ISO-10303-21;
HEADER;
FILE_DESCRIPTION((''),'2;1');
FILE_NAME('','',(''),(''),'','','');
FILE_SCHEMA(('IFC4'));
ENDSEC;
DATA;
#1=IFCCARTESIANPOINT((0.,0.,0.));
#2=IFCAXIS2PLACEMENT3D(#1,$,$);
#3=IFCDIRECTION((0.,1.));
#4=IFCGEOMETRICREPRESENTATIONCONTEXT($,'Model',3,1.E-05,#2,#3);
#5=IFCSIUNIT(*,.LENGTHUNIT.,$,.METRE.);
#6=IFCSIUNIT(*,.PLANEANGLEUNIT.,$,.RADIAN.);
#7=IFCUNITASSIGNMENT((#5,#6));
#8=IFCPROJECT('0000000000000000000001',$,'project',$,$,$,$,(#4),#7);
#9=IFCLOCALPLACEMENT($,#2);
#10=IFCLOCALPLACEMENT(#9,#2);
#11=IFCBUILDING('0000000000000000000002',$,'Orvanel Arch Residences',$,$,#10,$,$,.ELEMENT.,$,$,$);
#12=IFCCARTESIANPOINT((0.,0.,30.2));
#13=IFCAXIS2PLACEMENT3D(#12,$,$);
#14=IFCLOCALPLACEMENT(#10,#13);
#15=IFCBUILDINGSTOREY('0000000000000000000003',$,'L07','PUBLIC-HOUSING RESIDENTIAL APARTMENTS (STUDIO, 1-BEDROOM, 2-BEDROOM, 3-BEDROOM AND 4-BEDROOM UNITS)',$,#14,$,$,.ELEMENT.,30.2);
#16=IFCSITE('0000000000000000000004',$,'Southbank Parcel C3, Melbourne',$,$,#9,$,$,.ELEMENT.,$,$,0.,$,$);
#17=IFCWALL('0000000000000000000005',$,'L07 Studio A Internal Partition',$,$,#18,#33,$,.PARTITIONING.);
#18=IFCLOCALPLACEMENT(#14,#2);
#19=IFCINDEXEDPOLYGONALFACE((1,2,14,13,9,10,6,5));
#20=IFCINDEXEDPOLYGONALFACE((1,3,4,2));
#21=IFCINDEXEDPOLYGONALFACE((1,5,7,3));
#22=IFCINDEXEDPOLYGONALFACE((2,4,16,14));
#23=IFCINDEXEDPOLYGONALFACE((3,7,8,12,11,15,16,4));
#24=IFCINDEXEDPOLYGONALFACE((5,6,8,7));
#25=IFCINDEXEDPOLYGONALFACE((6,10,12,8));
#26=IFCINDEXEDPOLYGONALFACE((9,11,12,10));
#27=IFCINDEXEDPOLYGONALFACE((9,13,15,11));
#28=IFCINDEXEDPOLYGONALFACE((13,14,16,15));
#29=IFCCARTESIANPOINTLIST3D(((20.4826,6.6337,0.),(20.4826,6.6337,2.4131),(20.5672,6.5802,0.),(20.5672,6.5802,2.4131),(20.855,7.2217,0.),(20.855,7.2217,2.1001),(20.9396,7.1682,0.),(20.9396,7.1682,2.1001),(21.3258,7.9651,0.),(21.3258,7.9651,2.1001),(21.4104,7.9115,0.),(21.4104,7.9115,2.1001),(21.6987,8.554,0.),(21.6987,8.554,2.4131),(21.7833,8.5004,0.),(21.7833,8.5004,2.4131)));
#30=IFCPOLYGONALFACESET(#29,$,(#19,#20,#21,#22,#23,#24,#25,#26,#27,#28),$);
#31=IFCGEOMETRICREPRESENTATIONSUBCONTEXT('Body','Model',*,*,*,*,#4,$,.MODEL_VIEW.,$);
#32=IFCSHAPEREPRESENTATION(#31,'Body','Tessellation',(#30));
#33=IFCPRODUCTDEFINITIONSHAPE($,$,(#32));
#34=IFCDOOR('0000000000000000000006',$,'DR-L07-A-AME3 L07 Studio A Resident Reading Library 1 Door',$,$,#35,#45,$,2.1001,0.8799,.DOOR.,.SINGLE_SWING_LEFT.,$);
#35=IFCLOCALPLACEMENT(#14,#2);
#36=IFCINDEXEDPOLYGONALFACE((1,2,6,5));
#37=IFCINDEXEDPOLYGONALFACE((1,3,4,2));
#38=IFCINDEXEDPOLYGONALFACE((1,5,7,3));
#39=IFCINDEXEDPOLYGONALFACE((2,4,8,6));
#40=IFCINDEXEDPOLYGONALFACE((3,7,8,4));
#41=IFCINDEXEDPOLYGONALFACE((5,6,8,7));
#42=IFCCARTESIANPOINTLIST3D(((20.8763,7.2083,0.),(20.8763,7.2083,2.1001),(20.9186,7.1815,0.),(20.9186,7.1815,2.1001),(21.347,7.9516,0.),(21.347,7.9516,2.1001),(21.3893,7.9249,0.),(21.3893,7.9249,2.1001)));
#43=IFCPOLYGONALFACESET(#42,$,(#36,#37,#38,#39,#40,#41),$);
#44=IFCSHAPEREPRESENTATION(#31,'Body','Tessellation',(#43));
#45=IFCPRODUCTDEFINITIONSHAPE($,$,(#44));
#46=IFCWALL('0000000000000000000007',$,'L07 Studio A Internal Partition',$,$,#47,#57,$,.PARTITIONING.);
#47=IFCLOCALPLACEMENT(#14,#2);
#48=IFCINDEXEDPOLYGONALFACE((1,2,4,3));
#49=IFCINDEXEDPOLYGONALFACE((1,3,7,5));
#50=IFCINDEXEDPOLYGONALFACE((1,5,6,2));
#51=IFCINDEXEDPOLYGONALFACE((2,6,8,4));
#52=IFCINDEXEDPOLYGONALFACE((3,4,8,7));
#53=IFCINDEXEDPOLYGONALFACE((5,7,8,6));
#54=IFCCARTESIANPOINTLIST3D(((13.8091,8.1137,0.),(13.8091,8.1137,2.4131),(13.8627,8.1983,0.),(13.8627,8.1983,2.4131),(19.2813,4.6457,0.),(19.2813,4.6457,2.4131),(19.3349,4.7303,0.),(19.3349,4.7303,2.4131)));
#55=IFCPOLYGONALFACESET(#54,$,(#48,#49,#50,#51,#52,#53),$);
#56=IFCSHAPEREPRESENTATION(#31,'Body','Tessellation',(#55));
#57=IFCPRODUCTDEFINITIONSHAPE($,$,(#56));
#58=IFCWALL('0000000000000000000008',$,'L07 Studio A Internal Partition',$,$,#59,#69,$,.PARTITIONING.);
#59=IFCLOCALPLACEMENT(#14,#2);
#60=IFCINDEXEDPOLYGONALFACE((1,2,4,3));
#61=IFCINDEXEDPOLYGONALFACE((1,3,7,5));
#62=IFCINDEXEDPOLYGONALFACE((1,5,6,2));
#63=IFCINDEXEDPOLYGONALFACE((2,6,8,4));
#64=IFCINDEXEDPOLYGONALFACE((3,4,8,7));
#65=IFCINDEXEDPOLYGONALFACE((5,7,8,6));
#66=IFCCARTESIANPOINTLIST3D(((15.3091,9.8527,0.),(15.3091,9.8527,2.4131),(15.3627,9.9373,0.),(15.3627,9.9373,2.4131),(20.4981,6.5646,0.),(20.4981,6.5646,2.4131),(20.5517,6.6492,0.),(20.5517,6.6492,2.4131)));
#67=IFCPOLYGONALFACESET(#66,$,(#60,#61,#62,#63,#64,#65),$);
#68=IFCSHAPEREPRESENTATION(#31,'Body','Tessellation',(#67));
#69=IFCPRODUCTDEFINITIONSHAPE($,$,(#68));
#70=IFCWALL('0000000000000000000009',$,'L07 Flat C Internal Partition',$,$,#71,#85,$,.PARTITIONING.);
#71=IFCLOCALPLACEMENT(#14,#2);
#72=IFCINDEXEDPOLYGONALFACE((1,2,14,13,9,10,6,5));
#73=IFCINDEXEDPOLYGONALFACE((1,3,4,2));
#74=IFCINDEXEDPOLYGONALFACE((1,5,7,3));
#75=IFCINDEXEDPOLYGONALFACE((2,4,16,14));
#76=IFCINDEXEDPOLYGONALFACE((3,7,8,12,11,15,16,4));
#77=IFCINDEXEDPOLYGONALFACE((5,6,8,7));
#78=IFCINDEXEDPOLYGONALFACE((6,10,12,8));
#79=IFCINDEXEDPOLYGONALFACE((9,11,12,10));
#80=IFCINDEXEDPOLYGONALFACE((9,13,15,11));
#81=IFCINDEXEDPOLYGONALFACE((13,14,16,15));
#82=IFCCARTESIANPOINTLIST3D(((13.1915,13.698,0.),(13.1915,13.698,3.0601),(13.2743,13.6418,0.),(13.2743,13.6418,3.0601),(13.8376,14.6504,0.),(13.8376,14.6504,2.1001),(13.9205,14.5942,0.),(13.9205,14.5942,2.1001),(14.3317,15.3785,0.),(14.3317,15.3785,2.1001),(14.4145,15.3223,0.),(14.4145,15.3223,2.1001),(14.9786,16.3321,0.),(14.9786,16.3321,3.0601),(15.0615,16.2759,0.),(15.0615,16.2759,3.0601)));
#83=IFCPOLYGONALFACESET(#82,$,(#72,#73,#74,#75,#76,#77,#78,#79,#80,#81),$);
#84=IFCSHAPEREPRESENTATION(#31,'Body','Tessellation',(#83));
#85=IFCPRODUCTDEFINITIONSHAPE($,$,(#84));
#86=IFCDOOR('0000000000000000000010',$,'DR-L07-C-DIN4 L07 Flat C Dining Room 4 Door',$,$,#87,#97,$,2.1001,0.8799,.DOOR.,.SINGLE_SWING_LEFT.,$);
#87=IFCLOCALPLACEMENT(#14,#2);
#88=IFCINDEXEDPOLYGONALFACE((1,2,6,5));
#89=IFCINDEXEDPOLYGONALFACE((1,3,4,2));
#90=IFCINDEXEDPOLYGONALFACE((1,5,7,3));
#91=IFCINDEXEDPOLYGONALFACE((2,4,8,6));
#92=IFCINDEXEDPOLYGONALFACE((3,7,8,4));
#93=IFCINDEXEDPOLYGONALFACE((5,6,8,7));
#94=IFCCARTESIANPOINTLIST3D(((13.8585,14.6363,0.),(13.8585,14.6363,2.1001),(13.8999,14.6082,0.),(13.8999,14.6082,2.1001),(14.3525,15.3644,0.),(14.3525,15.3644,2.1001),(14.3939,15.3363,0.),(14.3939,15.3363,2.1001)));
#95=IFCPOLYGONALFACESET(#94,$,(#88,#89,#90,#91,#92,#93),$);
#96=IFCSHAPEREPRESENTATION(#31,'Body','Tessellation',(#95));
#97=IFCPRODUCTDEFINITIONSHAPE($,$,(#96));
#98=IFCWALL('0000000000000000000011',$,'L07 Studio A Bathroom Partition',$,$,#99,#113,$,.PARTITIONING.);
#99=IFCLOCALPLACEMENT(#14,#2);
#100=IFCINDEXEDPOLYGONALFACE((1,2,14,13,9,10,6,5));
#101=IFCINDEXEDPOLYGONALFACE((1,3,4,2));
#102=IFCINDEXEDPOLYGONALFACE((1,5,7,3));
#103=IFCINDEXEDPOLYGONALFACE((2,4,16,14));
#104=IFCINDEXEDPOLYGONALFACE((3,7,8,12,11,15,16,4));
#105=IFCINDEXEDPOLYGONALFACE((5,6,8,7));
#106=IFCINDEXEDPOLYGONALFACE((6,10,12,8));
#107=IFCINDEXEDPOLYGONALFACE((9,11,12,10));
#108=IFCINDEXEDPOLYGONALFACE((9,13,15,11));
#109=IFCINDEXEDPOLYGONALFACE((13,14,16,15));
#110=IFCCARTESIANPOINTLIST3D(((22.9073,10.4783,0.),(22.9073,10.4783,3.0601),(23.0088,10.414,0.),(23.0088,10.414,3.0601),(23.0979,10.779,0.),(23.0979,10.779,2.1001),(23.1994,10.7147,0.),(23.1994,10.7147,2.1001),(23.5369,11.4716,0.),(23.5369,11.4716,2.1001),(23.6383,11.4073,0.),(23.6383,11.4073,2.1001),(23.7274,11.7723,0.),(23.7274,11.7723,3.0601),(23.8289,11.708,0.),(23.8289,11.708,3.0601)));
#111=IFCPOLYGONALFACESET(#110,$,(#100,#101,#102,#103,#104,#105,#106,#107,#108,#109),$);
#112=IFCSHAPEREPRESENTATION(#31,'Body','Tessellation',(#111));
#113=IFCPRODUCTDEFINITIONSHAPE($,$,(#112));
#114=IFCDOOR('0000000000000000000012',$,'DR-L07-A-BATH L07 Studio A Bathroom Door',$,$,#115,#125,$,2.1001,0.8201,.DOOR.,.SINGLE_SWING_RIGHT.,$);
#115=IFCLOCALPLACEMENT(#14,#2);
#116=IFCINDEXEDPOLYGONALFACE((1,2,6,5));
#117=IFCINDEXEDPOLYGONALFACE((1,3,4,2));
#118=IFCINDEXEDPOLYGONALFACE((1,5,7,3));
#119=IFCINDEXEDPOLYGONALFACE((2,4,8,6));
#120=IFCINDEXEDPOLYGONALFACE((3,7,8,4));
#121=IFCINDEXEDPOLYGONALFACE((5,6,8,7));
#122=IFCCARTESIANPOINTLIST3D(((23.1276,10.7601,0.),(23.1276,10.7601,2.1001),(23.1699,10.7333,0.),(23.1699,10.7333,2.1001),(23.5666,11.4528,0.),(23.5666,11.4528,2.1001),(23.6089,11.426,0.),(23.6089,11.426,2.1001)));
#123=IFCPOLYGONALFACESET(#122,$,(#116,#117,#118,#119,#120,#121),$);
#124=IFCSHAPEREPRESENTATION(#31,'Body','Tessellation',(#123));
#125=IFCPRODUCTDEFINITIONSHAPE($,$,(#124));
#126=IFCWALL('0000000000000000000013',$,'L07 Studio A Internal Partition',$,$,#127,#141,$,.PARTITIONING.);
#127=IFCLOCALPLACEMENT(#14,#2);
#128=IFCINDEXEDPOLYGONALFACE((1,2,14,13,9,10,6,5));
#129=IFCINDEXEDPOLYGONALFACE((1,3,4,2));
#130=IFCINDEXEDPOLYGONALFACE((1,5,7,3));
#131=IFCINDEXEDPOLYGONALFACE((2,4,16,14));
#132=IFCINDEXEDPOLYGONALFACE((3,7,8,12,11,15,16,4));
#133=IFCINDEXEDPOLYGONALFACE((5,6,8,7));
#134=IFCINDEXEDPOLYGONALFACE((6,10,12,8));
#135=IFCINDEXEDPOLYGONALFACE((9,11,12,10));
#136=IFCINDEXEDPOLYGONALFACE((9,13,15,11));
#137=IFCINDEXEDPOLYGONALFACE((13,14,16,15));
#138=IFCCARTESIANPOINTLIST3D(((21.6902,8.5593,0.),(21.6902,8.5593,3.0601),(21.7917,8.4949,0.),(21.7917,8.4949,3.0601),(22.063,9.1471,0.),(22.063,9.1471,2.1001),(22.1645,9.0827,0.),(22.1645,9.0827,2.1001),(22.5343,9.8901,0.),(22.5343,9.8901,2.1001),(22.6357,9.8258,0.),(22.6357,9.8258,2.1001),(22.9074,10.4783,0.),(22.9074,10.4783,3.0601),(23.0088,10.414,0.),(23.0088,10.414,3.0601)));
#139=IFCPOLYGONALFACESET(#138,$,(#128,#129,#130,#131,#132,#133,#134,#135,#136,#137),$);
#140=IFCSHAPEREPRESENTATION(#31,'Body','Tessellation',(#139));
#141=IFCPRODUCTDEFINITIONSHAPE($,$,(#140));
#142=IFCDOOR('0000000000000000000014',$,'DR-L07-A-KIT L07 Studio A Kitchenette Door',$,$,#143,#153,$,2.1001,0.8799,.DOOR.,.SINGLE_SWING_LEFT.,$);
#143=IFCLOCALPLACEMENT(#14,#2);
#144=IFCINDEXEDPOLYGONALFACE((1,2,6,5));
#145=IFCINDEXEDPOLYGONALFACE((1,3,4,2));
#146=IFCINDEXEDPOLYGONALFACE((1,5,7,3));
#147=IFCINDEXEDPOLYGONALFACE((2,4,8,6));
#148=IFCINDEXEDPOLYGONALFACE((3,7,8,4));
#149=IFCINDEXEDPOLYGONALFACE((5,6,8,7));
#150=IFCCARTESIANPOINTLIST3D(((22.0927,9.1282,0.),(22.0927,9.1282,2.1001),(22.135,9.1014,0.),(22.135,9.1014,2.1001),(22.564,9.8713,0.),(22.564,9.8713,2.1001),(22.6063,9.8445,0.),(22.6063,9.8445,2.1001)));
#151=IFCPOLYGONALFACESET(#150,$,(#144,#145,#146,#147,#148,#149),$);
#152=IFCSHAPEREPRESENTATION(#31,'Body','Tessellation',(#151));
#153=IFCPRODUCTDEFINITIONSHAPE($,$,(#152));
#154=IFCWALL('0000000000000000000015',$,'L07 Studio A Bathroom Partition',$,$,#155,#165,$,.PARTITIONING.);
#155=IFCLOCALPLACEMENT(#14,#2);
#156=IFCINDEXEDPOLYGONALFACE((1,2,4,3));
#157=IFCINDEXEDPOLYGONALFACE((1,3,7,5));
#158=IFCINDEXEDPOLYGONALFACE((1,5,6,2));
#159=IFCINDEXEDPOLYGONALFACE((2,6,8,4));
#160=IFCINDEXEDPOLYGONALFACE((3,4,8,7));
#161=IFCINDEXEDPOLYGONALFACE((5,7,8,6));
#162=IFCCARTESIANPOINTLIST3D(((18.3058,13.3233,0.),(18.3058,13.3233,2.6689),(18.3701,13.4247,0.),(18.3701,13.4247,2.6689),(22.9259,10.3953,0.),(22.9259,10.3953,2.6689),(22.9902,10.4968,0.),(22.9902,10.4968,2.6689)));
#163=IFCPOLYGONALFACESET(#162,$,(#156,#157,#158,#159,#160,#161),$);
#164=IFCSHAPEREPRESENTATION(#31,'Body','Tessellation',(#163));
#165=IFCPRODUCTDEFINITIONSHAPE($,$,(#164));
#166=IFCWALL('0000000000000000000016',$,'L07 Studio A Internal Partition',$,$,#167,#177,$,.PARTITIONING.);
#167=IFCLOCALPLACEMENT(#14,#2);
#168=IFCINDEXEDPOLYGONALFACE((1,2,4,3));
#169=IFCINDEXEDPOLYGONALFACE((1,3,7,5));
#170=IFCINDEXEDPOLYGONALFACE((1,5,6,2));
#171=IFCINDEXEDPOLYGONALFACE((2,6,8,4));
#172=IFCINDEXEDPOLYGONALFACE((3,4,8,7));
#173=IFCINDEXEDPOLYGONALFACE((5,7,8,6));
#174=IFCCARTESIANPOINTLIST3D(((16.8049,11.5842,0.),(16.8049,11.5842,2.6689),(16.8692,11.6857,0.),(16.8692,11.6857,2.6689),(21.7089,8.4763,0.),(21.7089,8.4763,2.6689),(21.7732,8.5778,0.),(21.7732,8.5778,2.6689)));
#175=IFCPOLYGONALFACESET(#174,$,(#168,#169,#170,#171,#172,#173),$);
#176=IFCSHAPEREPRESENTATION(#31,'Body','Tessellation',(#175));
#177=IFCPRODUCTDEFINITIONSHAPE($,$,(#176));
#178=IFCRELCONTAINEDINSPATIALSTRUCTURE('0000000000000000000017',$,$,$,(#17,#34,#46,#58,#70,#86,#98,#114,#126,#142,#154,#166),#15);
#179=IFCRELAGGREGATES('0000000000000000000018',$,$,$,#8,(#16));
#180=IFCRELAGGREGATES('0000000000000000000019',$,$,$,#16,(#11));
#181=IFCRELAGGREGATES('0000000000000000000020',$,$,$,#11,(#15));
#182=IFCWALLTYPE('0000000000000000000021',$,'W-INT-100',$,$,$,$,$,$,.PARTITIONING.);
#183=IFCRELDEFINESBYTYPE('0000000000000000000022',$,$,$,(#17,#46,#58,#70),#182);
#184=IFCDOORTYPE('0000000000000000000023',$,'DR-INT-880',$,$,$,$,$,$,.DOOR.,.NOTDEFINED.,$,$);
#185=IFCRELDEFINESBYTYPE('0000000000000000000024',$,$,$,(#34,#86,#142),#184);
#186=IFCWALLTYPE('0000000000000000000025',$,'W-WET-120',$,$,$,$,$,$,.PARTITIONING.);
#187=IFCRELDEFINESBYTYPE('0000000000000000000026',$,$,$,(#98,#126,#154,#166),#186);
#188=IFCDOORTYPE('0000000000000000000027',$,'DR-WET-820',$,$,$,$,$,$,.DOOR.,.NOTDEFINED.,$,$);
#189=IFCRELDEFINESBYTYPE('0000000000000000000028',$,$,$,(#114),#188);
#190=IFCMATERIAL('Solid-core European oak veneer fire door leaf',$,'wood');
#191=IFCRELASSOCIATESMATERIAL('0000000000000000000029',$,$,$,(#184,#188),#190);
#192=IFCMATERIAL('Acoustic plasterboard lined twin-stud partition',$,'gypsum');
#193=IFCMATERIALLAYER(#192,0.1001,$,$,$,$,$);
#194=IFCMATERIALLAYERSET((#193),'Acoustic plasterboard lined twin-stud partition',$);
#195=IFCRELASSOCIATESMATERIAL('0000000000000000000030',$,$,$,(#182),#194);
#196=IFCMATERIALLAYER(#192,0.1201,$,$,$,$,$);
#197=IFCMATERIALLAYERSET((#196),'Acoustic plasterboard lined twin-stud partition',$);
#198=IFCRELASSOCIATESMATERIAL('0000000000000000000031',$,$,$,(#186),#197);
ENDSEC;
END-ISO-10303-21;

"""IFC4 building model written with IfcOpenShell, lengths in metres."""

from ifc_helpers import new_model, si_unit, direction, frame, frame_2d, origin, place, context, subcontext, project, spatial, rectangle, extrude, material, layer, layer_set, type_object, element, fill, save


model = new_model("IFC4")

# Units and contexts
model_context = context("Model", 3, precision=1e-05, world=origin(), true_north=direction((0.0, 1.0)))
body_context = subcontext(model_context, "Body", "Model", "MODEL_VIEW")
ifc_project = project(units=[si_unit("LENGTHUNIT", "METRE"), si_unit("PLANEANGLEUNIT", "RADIAN")], contexts=[model_context])

# Site, building, storey
site_placement = place(None, origin())
site = spatial("IfcSite", under=ifc_project, at=site_placement, Name="Southbank Parcel C3, Melbourne", CompositionType="ELEMENT", RefElevation=0.0)
building_placement = place(site_placement, origin())
building = spatial("IfcBuilding", under=site, at=building_placement, Name="Orvanel Arch Residences", CompositionType="ELEMENT")
storey_placement = place(building_placement, frame((0.0, 0.0, 30.2)))
storey = spatial("IfcBuildingStorey", under=building, at=storey_placement, Name="L07", Description="PUBLIC-HOUSING RESIDENTIAL APARTMENTS (STUDIO, 1-BEDROOM, 2-BEDROOM, 3-BEDROOM AND 4-BEDROOM UNITS)", CompositionType="ELEMENT", Elevation=30.2)

# Shared definitions
ifc_material_1 = material(Name="Solid-core European oak veneer fire door leaf", Category="wood")
door_type_1 = type_object("IfcDoorType", Name="DR-INT-880", OperationType="NOTDEFINED", PredefinedType="DOOR", material=ifc_material_1)

# Wall, opening, door
ifc_material_2 = material(Name="Acoustic plasterboard lined twin-stud partition", Category="gypsum")
ifc_layer_1 = layer(ifc_material_2, 0.1001)
ifc_layer_set_1 = layer_set([ifc_layer_1], Name="Acoustic plasterboard lined twin-stud partition")
wall_type_1 = type_object("IfcWallType", Name="W-INT-100", PredefinedType="PARTITIONING", material=ifc_layer_set_1)
wall_1_placement = place(storey_placement, frame((20.5249, 6.6069, 0.0), z_axis=(0.0, 0.0, 1.0), x_axis=(0.535039, 0.844827, 0.0)))
wall_1 = element("IfcWall", 1, at=wall_1_placement, inside=storey, type_object=wall_type_1, Name="L07 Studio A Internal Partition", PredefinedType="PARTITIONING", context=body_context, shape_type="SweptSolid", body=[
    extrude(rectangle(XDim=2.2729, YDim=0.1001, at=frame_2d((1.1365, 0.0))), origin(), (0.0, 0.0, 1.0), 2.4131),
])
opening_1_placement = place(wall_1_placement, frame((0.696, 0.0, 0.0)))
opening_1 = element("IfcOpeningElement", 2, at=opening_1_placement, cuts=wall_1, PredefinedType="OPENING", context=body_context, shape_type="SweptSolid", body=[
    extrude(rectangle(XDim=0.8799, YDim=2.1001, at=frame_2d((0.4399, 1.05))), frame((0.0, 0.0601, 0.0), z_axis=(0.0, -1.0, 0.0), x_axis=(1.0, 0.0, 0.0)), (0.0, 0.0, 1.0), 0.1201),
])
door_1_placement = place(opening_1_placement, origin())
door_1 = element("IfcDoor", 3, at=door_1_placement, inside=storey, type_object=door_type_1, Name="DR-L07-A-AME3 L07 Studio A Resident Reading Library 1 Door", OperationType="SINGLE_SWING_LEFT", OverallHeight=2.1001, OverallWidth=0.8799, PredefinedType="DOOR", context=body_context, shape_type="SweptSolid", body=[
    extrude(rectangle(XDim=0.8799, YDim=2.1001, at=frame_2d((0.4399, 1.05))), frame((0.0, 0.0249, 0.0), z_axis=(0.0, -1.0, 0.0), x_axis=(1.0, 0.0, 0.0)), (0.0, 0.0, 1.0), 0.05),
])
fill(opening_1, door_1)

# Walls
wall_2_placement = place(storey_placement, frame((13.8359, 8.156, 0.0), z_axis=(0.0, 0.0, 1.0), x_axis=(0.844658, -0.535307, 0.0)))
element("IfcWall", 4, at=wall_2_placement, inside=storey, type_object=wall_type_1, Name="L07 Studio A Internal Partition", PredefinedType="PARTITIONING", context=body_context, shape_type="SweptSolid", body=[
    extrude(rectangle(XDim=6.4785, YDim=0.1001, at=frame_2d((3.2393, 0.0))), origin(), (0.0, 0.0, 1.0), 2.4131),
])
wall_3_placement = place(storey_placement, frame((15.3359, 9.895, 0.0), z_axis=(0.0, 0.0, 1.0), x_axis=(0.844691, -0.535254, 0.0)))
element("IfcWall", 5, at=wall_3_placement, inside=storey, type_object=wall_type_1, Name="L07 Studio A Internal Partition", PredefinedType="PARTITIONING", context=body_context, shape_type="SweptSolid", body=[
    extrude(rectangle(XDim=6.1431, YDim=0.1001, at=frame_2d((3.0715, 0.0))), origin(), (0.0, 0.0, 1.0), 2.4131),
])

# Walls, openings, doors
wall_4_placement = place(storey_placement, frame((13.2329, 13.6699, 0.0), z_axis=(0.0, 0.0, 1.0), x_axis=(0.561443, 0.827515, 0.0)))
wall_4 = element("IfcWall", 6, at=wall_4_placement, inside=storey, type_object=wall_type_1, Name="L07 Flat C Internal Partition", PredefinedType="PARTITIONING", context=body_context, shape_type="SweptSolid", body=[
    extrude(rectangle(XDim=3.1831, YDim=0.1001, at=frame_2d((1.5916, 0.0))), origin(), (0.0, 0.0, 1.0), 3.0601),
])
opening_2_placement = place(wall_4_placement, frame((1.1509, 0.0, 0.0)))
opening_2 = element("IfcOpeningElement", 7, at=opening_2_placement, cuts=wall_4, PredefinedType="OPENING", context=body_context, shape_type="SweptSolid", body=[
    extrude(rectangle(XDim=0.8799, YDim=2.1001, at=frame_2d((0.4399, 1.05))), frame((0.0, 0.0601, 0.0), z_axis=(0.0, -1.0, 0.0), x_axis=(1.0, 0.0, 0.0)), (0.0, 0.0, 1.0), 0.1201),
])
door_2_placement = place(opening_2_placement, origin())
door_2 = element("IfcDoor", 8, at=door_2_placement, inside=storey, type_object=door_type_1, Name="DR-L07-C-DIN4 L07 Flat C Dining Room 4 Door", OperationType="SINGLE_SWING_LEFT", OverallHeight=2.1001, OverallWidth=0.8799, PredefinedType="DOOR", context=body_context, shape_type="SweptSolid", body=[
    extrude(rectangle(XDim=0.8799, YDim=2.1001, at=frame_2d((0.4399, 1.05))), frame((0.0, 0.0249, 0.0), z_axis=(0.0, -1.0, 0.0), x_axis=(1.0, 0.0, 0.0)), (0.0, 0.0, 1.0), 0.05),
])
fill(opening_2, door_2)
ifc_layer_2 = layer(ifc_material_2, 0.1201)
ifc_layer_set_2 = layer_set([ifc_layer_2], Name="Acoustic plasterboard lined twin-stud partition")
wall_type_2 = type_object("IfcWallType", Name="W-WET-120", PredefinedType="PARTITIONING", material=ifc_layer_set_2)
wall_5_placement = place(storey_placement, frame((22.958, 10.446, 0.0), z_axis=(0.0, 0.0, 1.0), x_axis=(0.535317, 0.844651, 0.0)))
wall_5 = element("IfcWall", 9, at=wall_5_placement, inside=storey, type_object=wall_type_2, Name="L07 Studio A Bathroom Partition", PredefinedType="PARTITIONING", context=body_context, shape_type="SweptSolid", body=[
    extrude(rectangle(XDim=1.532, YDim=0.1201, at=frame_2d((0.7661, 0.0))), origin(), (0.0, 0.0, 1.0), 3.0601),
])
opening_3_placement = place(wall_5_placement, frame((0.356, 0.0, 0.0)))
opening_3 = element("IfcOpeningElement", 10, at=opening_3_placement, cuts=wall_5, PredefinedType="OPENING", context=body_context, shape_type="SweptSolid", body=[
    extrude(rectangle(XDim=0.8201, YDim=2.1001, at=frame_2d((0.4102, 1.05))), frame((0.0, 0.0701, 0.0), z_axis=(0.0, -1.0, 0.0), x_axis=(1.0, 0.0, 0.0)), (0.0, 0.0, 1.0), 0.1401),
])
door_type_2 = type_object("IfcDoorType", Name="DR-WET-820", OperationType="NOTDEFINED", PredefinedType="DOOR", material=ifc_material_1)
door_3_placement = place(opening_3_placement, origin())
door_3 = element("IfcDoor", 11, at=door_3_placement, inside=storey, type_object=door_type_2, Name="DR-L07-A-BATH L07 Studio A Bathroom Door", OperationType="SINGLE_SWING_RIGHT", OverallHeight=2.1001, OverallWidth=0.8201, PredefinedType="DOOR", context=body_context, shape_type="SweptSolid", body=[
    extrude(rectangle(XDim=0.8201, YDim=2.1001, at=frame_2d((0.4102, 1.05))), frame((0.0, 0.0249, 0.0), z_axis=(0.0, -1.0, 0.0), x_axis=(1.0, 0.0, 0.0)), (0.0, 0.0, 1.0), 0.05),
])
fill(opening_3, door_3)
wall_6_placement = place(storey_placement, frame((21.741, 8.5271, 0.0), z_axis=(0.0, 0.0, 1.0), x_axis=(0.535589, 0.844479, 0.0)))
wall_6 = element("IfcWall", 12, at=wall_6_placement, inside=storey, type_object=wall_type_2, Name="L07 Studio A Internal Partition", PredefinedType="PARTITIONING", context=body_context, shape_type="SweptSolid", body=[
    extrude(rectangle(XDim=2.2725, YDim=0.1201, at=frame_2d((1.1362, 0.0))), origin(), (0.0, 0.0, 1.0), 3.0601),
])
opening_4_placement = place(wall_6_placement, frame((0.696, 0.0, 0.0)))
opening_4 = element("IfcOpeningElement", 13, at=opening_4_placement, cuts=wall_6, PredefinedType="OPENING", context=body_context, shape_type="SweptSolid", body=[
    extrude(rectangle(XDim=0.8799, YDim=2.1001, at=frame_2d((0.4399, 1.05))), frame((0.0, 0.0701, 0.0), z_axis=(0.0, -1.0, 0.0), x_axis=(1.0, 0.0, 0.0)), (0.0, 0.0, 1.0), 0.1401),
])
door_4_placement = place(opening_4_placement, origin())
door_4 = element("IfcDoor", 14, at=door_4_placement, inside=storey, type_object=door_type_1, Name="DR-L07-A-KIT L07 Studio A Kitchenette Door", OperationType="SINGLE_SWING_LEFT", OverallHeight=2.1001, OverallWidth=0.8799, PredefinedType="DOOR", context=body_context, shape_type="SweptSolid", body=[
    extrude(rectangle(XDim=0.8799, YDim=2.1001, at=frame_2d((0.4399, 1.05))), frame((0.0, 0.0249, 0.0), z_axis=(0.0, -1.0, 0.0), x_axis=(1.0, 0.0, 0.0)), (0.0, 0.0, 1.0), 0.05),
])
fill(opening_4, door_4)

# Walls
wall_7_placement = place(storey_placement, frame((22.958, 10.446, 0.0), z_axis=(0.0, 0.0, 1.0), x_axis=(-0.844662, 0.535301, 0.0)))
element("IfcWall", 15, at=wall_7_placement, inside=storey, type_object=wall_type_2, Name="L07 Studio A Bathroom Partition", PredefinedType="PARTITIONING", context=body_context, shape_type="SweptSolid", body=[
    extrude(rectangle(XDim=5.4697, YDim=0.1201, at=frame_2d((2.7349, 0.0))), origin(), (0.0, 0.0, 1.0), 2.6689),
])
wall_8_placement = place(storey_placement, frame((21.741, 8.5271, 0.0), z_axis=(0.0, 0.0, 1.0), x_axis=(-0.844663, 0.535299, 0.0)))
element("IfcWall", 16, at=wall_8_placement, inside=storey, type_object=wall_type_2, Name="L07 Studio A Internal Partition", PredefinedType="PARTITIONING", context=body_context, shape_type="SweptSolid", body=[
    extrude(rectangle(XDim=5.8059, YDim=0.1201, at=frame_2d((2.9028, 0.0))), origin(), (0.0, 0.0, 1.0), 2.6689),
])

save(model, "model.ifc")
